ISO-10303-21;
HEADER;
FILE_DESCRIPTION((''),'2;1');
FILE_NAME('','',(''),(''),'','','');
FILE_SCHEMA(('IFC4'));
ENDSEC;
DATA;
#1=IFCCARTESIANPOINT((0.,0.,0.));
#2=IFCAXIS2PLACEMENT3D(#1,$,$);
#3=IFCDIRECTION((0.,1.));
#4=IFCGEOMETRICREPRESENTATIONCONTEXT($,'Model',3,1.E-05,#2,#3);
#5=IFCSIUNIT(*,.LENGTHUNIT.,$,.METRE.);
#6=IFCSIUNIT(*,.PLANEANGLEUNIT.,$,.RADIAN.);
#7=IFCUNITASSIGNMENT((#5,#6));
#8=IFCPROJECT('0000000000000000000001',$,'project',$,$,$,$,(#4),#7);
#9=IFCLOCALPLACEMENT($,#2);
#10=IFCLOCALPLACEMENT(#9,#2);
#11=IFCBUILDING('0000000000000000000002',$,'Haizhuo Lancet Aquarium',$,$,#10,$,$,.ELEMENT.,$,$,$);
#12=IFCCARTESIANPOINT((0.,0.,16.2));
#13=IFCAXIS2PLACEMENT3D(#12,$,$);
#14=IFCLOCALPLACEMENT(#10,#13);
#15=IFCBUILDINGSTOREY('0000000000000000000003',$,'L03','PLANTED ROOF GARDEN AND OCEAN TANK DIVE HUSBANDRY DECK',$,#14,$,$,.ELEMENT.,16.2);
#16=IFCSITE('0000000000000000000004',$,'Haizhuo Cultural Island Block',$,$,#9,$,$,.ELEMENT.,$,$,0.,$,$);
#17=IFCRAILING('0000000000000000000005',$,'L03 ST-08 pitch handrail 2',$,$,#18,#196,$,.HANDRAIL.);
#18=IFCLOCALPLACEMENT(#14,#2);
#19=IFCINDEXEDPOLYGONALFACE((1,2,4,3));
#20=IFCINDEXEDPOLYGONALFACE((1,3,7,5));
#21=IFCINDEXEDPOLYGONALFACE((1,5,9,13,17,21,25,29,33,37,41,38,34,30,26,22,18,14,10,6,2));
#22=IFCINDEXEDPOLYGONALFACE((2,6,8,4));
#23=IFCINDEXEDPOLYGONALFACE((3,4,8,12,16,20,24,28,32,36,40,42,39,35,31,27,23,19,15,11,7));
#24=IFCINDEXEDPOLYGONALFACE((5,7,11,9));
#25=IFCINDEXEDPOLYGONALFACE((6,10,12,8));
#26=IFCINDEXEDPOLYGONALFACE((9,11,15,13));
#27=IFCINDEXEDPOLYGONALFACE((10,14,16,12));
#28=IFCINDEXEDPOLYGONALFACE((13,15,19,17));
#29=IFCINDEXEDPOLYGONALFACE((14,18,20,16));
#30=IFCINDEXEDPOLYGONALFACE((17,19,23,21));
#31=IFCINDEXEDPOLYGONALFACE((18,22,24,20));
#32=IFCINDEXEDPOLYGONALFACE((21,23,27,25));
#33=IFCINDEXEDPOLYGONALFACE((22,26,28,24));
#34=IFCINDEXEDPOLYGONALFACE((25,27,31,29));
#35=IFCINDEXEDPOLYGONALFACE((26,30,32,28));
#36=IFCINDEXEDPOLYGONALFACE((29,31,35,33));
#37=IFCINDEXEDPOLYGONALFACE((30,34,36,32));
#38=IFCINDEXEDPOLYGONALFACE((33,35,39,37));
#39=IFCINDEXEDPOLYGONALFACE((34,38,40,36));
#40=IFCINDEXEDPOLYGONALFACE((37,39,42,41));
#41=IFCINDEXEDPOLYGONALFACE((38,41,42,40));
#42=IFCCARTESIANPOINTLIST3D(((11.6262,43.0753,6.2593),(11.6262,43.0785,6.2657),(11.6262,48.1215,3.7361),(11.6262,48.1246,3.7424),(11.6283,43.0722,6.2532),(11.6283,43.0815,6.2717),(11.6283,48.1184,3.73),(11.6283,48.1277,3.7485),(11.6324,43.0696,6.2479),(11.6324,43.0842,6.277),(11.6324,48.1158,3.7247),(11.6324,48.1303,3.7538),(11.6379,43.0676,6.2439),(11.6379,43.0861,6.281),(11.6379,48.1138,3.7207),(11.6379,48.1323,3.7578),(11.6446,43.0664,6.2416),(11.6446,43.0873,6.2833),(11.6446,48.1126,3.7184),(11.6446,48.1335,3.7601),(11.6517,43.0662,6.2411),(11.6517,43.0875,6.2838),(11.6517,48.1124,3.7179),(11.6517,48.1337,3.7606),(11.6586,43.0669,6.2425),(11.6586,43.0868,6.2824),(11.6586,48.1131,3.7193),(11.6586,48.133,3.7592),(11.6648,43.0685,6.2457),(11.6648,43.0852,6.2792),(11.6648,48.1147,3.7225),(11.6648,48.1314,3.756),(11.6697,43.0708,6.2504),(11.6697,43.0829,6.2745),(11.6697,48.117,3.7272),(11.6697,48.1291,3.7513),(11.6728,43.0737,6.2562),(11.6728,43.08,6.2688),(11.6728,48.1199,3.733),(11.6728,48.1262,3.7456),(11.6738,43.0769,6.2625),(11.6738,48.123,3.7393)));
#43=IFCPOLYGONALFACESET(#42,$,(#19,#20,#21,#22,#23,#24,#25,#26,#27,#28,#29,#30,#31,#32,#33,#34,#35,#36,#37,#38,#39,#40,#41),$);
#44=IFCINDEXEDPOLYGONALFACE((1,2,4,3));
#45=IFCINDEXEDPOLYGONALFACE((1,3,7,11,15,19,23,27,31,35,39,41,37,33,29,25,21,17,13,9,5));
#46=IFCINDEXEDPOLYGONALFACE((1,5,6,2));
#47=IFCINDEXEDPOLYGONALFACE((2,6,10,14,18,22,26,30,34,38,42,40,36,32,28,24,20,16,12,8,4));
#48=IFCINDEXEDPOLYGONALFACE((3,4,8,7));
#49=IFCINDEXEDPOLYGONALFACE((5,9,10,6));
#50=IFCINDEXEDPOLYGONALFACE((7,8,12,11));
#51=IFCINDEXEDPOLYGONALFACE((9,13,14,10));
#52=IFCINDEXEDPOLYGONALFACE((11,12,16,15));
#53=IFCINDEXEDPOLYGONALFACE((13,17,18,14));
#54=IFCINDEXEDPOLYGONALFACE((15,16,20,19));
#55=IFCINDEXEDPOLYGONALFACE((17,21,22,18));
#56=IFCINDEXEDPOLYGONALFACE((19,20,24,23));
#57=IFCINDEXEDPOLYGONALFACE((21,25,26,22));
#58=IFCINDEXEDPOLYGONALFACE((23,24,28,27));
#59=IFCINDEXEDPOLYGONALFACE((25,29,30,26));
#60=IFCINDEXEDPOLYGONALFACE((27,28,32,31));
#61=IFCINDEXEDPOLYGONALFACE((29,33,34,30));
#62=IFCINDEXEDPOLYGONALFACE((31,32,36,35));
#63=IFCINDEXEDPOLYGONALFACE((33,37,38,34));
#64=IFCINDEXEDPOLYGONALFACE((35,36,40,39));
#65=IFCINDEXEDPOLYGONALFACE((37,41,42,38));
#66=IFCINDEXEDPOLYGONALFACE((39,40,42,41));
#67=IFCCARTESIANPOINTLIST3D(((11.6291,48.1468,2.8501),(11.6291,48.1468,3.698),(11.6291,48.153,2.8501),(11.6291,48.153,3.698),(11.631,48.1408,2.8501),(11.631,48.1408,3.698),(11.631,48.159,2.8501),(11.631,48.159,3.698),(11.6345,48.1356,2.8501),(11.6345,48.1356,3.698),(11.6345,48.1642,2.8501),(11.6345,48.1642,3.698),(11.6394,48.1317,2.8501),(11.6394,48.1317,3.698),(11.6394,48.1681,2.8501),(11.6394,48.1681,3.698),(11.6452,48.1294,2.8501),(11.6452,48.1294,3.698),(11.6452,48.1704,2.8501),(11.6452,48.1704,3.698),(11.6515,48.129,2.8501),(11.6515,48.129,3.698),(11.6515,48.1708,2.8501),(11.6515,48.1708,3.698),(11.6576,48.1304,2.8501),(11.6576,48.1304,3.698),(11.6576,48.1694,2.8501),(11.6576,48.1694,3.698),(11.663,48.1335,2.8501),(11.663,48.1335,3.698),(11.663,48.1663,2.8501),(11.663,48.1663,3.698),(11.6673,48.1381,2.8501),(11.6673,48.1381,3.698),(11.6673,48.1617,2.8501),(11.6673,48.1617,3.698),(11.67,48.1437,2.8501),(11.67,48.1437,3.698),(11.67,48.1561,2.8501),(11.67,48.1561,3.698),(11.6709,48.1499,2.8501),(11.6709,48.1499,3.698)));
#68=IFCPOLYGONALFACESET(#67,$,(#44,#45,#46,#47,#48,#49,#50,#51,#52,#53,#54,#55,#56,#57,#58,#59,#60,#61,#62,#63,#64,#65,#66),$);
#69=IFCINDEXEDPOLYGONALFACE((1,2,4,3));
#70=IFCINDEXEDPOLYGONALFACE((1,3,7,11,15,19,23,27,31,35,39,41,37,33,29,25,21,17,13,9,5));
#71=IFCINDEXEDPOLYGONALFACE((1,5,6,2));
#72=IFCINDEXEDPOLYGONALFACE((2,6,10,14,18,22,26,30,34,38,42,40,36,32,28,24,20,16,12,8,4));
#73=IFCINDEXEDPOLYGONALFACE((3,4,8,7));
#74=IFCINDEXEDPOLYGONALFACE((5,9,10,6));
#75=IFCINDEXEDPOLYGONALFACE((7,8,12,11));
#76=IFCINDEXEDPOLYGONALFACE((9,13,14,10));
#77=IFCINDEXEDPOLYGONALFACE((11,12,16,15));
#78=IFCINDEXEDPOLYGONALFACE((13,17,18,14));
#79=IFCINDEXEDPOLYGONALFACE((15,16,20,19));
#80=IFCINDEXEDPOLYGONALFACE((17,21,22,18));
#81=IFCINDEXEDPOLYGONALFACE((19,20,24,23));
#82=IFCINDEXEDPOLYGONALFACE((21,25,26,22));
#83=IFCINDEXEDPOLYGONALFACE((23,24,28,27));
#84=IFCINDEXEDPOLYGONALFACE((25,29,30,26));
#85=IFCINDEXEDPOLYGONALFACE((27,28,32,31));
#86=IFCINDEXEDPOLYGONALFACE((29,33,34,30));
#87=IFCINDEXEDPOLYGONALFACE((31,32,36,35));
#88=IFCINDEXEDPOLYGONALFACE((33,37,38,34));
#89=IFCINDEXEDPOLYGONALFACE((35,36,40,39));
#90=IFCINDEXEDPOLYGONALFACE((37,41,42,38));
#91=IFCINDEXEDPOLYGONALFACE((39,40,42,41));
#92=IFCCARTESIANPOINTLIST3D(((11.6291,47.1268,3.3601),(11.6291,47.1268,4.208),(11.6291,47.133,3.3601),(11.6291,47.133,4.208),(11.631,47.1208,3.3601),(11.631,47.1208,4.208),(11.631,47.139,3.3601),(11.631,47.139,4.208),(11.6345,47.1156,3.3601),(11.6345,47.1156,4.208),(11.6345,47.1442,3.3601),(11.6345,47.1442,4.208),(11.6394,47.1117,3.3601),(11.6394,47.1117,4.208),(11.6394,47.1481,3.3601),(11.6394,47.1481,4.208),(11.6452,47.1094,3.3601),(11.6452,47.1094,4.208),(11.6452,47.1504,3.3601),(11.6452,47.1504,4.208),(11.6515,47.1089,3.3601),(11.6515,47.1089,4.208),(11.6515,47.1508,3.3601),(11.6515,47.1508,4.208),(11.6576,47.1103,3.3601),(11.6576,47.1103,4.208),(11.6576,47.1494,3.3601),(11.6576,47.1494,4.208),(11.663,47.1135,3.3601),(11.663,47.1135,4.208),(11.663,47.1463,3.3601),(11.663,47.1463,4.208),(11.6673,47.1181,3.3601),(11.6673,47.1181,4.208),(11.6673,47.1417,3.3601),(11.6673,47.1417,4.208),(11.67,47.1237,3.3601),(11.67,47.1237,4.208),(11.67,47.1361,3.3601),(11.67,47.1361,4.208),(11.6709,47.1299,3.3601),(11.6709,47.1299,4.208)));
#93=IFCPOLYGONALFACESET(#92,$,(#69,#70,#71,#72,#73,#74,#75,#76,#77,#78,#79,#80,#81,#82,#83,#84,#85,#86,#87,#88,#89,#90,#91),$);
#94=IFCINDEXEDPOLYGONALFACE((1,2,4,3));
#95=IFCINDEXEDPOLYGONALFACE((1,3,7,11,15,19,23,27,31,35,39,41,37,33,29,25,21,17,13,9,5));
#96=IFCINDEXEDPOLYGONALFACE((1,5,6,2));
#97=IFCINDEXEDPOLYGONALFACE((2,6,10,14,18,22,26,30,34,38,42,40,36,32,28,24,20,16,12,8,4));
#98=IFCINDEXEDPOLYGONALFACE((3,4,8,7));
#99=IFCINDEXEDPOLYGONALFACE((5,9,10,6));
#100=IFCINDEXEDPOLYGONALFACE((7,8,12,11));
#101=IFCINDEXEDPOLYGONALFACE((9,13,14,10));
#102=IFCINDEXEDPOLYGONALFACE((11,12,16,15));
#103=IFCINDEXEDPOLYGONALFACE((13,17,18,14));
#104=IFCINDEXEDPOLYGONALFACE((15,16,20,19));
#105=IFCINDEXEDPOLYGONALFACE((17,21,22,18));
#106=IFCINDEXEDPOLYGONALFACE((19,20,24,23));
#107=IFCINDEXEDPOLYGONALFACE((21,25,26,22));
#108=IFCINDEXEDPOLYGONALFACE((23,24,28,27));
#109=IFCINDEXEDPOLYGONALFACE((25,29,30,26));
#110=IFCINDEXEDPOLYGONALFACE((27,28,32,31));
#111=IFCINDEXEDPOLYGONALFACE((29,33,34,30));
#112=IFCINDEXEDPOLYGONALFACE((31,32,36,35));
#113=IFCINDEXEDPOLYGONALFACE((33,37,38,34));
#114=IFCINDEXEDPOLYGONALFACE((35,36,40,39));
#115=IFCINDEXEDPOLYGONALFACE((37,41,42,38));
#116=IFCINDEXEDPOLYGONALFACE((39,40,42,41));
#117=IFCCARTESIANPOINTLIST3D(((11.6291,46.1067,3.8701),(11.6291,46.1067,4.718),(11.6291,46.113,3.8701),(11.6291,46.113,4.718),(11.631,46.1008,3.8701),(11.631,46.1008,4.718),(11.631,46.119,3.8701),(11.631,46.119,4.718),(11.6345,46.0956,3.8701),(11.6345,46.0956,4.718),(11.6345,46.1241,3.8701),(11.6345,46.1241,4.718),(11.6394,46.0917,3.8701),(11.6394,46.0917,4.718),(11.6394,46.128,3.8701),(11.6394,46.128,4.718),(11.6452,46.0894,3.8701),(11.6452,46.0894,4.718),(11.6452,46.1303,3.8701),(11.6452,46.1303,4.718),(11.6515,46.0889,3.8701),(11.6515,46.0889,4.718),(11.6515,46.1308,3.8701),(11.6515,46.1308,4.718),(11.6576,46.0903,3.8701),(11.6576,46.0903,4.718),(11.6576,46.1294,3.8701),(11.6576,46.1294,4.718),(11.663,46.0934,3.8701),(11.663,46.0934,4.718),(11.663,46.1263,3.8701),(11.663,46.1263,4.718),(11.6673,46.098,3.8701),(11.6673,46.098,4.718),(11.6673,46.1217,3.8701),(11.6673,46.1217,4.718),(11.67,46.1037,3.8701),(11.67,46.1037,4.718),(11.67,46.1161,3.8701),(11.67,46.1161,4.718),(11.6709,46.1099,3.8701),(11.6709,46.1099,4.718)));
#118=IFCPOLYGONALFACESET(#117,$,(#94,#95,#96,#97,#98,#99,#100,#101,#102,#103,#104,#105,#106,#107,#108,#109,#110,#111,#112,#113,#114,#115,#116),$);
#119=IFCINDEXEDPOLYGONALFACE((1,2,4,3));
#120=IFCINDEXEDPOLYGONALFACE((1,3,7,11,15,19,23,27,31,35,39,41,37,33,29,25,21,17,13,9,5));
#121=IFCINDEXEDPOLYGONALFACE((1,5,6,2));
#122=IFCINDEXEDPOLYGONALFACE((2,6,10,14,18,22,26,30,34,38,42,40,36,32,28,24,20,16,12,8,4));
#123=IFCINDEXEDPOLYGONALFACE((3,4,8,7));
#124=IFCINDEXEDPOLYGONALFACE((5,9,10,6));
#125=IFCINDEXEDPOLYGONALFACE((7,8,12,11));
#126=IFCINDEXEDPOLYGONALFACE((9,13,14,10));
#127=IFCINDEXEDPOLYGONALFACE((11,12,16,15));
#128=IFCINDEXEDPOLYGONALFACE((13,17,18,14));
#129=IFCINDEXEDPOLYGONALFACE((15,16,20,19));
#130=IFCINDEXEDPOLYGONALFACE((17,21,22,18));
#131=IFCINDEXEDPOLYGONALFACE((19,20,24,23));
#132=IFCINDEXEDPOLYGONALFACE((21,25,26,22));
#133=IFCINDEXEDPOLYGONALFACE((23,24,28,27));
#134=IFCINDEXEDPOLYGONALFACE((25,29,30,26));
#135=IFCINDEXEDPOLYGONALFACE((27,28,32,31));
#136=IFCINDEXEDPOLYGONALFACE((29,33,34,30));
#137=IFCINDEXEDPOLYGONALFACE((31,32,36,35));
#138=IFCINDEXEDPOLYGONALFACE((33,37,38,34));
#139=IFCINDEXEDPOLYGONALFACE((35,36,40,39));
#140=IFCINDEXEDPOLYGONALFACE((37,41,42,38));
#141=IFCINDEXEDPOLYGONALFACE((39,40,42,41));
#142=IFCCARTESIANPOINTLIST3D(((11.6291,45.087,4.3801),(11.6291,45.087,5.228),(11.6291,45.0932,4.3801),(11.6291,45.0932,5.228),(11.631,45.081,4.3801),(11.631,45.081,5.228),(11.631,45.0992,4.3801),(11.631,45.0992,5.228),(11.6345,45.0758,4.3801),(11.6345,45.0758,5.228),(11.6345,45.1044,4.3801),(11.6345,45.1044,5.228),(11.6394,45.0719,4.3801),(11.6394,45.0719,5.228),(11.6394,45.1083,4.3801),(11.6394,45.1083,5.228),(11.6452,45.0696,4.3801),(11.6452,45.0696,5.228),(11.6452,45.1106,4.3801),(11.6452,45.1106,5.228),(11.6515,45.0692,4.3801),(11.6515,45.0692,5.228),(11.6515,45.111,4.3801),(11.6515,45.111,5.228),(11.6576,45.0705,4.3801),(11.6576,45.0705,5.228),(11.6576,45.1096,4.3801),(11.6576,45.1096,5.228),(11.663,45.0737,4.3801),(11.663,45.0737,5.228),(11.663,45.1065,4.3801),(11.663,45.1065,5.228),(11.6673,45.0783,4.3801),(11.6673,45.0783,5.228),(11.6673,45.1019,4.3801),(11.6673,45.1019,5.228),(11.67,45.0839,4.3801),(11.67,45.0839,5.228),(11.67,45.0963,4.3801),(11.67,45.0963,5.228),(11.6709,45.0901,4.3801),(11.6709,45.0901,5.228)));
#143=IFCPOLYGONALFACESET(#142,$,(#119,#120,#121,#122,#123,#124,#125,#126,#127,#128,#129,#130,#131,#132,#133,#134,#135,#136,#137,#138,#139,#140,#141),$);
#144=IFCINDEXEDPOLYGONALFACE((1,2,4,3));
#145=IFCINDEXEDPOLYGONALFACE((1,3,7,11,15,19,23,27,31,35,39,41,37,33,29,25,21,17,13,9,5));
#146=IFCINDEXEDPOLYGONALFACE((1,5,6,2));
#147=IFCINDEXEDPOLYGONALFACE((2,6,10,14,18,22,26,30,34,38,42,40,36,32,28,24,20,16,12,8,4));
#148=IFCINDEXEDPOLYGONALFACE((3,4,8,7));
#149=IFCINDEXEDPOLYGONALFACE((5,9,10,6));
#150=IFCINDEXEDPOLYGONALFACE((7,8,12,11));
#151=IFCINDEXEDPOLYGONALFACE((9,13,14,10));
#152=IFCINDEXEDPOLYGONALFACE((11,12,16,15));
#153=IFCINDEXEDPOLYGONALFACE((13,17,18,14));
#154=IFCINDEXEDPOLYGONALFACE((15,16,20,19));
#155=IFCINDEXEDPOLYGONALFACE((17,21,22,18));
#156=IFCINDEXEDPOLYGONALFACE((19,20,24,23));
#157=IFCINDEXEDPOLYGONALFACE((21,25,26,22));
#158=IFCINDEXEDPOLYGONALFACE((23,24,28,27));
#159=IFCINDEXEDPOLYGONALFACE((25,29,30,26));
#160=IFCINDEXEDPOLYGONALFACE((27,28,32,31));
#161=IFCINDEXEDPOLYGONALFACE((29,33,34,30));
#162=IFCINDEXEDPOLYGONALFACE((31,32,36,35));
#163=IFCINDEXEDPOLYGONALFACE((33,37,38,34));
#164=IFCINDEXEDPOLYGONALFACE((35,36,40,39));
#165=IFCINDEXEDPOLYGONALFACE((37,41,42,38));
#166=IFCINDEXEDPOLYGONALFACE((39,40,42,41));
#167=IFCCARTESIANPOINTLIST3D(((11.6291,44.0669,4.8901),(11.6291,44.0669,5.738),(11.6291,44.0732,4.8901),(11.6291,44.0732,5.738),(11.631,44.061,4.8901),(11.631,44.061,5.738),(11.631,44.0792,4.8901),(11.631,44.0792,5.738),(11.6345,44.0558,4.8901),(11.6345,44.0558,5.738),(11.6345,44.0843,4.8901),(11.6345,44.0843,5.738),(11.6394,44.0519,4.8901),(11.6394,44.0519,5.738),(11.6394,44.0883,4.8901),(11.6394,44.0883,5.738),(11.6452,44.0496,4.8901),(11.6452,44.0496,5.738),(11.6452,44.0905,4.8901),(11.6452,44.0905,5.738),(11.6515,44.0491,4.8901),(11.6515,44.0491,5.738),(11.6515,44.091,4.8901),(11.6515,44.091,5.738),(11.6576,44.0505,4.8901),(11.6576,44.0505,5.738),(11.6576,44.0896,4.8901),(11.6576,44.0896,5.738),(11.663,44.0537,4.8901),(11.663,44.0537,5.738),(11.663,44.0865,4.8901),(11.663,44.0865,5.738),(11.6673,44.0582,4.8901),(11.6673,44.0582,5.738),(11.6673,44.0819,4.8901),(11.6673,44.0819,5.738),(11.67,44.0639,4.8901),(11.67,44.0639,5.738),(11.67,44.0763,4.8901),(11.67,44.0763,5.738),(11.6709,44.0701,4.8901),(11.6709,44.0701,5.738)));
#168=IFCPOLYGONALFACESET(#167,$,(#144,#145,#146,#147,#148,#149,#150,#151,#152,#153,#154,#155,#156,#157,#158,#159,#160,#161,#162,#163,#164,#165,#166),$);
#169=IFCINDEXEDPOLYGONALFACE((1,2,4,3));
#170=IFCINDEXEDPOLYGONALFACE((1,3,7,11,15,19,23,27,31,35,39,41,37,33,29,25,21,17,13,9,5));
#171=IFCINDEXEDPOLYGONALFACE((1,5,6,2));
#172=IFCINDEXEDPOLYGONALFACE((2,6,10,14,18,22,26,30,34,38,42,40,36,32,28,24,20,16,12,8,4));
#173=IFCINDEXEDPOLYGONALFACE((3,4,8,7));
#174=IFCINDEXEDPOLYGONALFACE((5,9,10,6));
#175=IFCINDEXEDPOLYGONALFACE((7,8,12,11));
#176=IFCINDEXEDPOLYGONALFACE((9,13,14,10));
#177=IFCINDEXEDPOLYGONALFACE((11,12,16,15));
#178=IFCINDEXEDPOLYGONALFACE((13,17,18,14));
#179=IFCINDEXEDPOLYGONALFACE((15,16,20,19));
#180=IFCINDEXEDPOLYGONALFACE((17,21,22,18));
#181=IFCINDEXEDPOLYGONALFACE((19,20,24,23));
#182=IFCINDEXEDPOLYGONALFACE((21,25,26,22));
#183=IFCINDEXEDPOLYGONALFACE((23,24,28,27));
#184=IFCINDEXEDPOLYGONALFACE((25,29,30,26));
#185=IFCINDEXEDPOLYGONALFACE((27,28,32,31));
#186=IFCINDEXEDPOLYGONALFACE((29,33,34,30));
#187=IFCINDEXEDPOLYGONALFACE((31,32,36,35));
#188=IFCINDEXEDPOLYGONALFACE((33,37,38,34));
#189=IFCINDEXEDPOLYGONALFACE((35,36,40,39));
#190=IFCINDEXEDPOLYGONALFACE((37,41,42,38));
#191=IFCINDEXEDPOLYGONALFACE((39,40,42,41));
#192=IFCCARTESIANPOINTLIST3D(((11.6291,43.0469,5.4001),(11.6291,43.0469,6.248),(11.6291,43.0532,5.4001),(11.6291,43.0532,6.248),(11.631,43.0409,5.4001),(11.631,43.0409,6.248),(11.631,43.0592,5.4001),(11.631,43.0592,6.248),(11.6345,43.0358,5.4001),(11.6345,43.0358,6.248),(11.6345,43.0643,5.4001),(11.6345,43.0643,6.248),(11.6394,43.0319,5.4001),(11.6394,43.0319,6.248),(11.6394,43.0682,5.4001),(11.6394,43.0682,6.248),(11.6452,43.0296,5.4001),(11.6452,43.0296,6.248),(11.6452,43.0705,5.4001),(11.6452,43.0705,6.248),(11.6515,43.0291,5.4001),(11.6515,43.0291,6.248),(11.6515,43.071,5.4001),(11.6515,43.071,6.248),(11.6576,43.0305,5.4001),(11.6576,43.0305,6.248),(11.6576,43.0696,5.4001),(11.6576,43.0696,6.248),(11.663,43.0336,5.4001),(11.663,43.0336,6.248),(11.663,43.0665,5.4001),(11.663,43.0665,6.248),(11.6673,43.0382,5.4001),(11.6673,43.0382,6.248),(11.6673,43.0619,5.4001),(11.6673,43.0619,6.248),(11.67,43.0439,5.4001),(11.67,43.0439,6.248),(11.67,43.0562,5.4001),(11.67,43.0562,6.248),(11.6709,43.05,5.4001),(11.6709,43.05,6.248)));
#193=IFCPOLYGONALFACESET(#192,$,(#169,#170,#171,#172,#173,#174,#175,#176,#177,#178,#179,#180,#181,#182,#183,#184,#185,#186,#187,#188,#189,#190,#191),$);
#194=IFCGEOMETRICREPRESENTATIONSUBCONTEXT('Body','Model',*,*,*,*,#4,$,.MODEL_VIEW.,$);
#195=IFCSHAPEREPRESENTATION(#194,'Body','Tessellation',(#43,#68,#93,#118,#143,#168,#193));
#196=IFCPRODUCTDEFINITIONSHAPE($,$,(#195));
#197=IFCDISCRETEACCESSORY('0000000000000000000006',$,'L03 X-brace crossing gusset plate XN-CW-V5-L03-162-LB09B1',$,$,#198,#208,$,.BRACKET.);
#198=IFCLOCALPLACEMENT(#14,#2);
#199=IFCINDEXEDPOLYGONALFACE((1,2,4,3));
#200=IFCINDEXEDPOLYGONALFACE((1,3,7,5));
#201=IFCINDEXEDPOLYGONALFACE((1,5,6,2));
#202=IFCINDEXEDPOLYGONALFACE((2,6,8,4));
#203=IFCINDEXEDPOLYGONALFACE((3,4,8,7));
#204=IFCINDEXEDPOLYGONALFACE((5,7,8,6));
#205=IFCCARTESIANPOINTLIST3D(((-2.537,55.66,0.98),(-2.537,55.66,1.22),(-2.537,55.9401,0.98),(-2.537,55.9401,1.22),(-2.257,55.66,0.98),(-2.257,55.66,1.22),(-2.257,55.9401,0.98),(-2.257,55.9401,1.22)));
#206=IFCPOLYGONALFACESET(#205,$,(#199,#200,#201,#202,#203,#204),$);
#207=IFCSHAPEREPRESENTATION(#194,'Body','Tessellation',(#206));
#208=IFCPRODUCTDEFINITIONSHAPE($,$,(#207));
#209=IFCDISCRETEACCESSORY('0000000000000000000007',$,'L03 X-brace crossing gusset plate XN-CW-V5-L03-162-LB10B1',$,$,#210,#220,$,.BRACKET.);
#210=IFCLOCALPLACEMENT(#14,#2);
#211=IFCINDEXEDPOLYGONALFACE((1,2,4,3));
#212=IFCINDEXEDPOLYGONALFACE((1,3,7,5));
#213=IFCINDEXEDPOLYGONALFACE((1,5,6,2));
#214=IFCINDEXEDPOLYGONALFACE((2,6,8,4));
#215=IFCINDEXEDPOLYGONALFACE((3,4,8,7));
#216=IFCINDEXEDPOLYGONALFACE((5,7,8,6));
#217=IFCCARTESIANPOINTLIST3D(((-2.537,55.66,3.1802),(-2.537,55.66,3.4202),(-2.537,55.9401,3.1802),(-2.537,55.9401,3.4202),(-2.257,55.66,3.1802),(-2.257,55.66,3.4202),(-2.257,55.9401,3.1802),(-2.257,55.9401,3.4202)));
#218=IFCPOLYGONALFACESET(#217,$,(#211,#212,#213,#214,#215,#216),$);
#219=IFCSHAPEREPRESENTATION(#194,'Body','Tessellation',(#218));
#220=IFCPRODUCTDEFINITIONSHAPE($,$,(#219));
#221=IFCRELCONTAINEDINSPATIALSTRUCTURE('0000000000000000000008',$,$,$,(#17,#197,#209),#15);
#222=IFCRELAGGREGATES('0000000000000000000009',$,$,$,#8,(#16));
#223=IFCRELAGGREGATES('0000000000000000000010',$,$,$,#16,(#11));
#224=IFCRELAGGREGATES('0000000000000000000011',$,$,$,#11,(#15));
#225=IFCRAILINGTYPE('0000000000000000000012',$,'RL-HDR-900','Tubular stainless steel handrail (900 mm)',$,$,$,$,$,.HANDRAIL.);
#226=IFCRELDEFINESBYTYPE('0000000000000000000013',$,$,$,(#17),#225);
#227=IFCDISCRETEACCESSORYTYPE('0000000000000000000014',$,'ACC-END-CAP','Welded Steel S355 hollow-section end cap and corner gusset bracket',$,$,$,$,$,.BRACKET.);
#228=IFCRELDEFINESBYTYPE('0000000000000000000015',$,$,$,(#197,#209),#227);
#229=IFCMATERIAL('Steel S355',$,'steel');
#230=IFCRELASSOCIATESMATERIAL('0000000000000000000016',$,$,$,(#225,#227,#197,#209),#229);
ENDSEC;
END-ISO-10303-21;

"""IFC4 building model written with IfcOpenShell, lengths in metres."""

from ifc_helpers import new_model, si_unit, direction, frame, origin, origin_2d, place, context, subcontext, project, spatial, rectangle, circle, extrude, material, type_object, element, save


model = new_model("IFC4")

# Units and contexts
model_context = context("Model", 3, precision=1e-05, world=origin(), true_north=direction((0.0, 1.0)))
body_context = subcontext(model_context, "Body", "Model", "MODEL_VIEW")
ifc_project = project(units=[si_unit("LENGTHUNIT", "METRE"), si_unit("PLANEANGLEUNIT", "RADIAN")], contexts=[model_context])

# Site, building, storey
site_placement = place(None, origin())
site = spatial("IfcSite", under=ifc_project, at=site_placement, Name="Haizhuo Cultural Island Block", CompositionType="ELEMENT", RefElevation=0.0)
building_placement = place(site_placement, origin())
building = spatial("IfcBuilding", under=site, at=building_placement, Name="Haizhuo Lancet Aquarium", CompositionType="ELEMENT")
storey_placement = place(building_placement, frame((0.0, 0.0, 16.2)))
storey = spatial("IfcBuildingStorey", under=building, at=storey_placement, Name="L03", Description="PLANTED ROOF GARDEN AND OCEAN TANK DIVE HUSBANDRY DECK", CompositionType="ELEMENT", Elevation=16.2)

# Shared definitions
ifc_material_1 = material(Name="Steel S355", Category="steel")

# Railing
railing_type_1 = type_object("IfcRailingType", Name="RL-HDR-900", Description="Tubular stainless steel handrail (900 mm)", PredefinedType="HANDRAIL", material=ifc_material_1)
railing_1_placement = place(storey_placement, frame((11.6499, 48.1499, 2.8501)))
element("IfcRailing", 1, at=railing_1_placement, inside=storey, type_object=railing_type_1, Name="L03 ST-08 pitch handrail 2", PredefinedType="HANDRAIL", context=body_context, shape_type="SweptSolid", body=[
    extrude(circle(Radius=0.0239, at=origin_2d()), frame((0.0, -0.0269, 0.8892), z_axis=(0.0, -0.894419, 0.447231), x_axis=(1.0, 0.0, 0.0)), (0.0, 0.0, 1.0), 5.6418),
    extrude(circle(Radius=0.021, at=origin_2d()), origin(), (0.0, 0.0, 1.0), 0.8479),
    extrude(circle(Radius=0.021, at=origin_2d()), frame((0.0, -1.02, 0.51)), (0.0, 0.0, 1.0), 0.8479),
    extrude(circle(Radius=0.021, at=origin_2d()), frame((0.0, -2.04, 1.02)), (0.0, 0.0, 1.0), 0.8479),
    extrude(circle(Radius=0.021, at=origin_2d()), frame((0.0, -3.0598, 1.53)), (0.0, 0.0, 1.0), 0.8479),
    extrude(circle(Radius=0.021, at=origin_2d()), frame((0.0, -4.0798, 2.04)), (0.0, 0.0, 1.0), 0.8479),
    extrude(circle(Radius=0.021, at=origin_2d()), frame((0.0, -5.0999, 2.55)), (0.0, 0.0, 1.0), 0.8479),
])

# Discrete accessories
discrete_accessory_type = type_object("IfcDiscreteAccessoryType", Name="ACC-END-CAP", Description="Welded Steel S355 hollow-section end cap and corner gusset bracket", PredefinedType="BRACKET", material=ifc_material_1)
for number, where, z_axis, x_axis, name in (
    (2, (-2.397, 55.8, 0.98), (0.0, 0.0, 1.0), (1.0, 0.0, 0.0), "L03 X-brace crossing gusset plate XN-CW-V5-L03-162-LB09B1"),
    (3, (-2.397, 55.8, 3.1802), (0.0, 0.0, 1.0), (1.0, 0.0, 0.0), "L03 X-brace crossing gusset plate XN-CW-V5-L03-162-LB10B1"),
):
    element("IfcDiscreteAccessory", number, at=place(storey_placement, frame(where, z_axis=z_axis, x_axis=x_axis)), inside=storey, type_object=discrete_accessory_type, material=ifc_material_1, Name=name, PredefinedType="BRACKET", context=body_context, shape_type="SweptSolid", body=[
        extrude(rectangle(XDim=0.28, YDim=0.28, at=origin_2d()), origin(), (0.0, 0.0, 1.0), 0.24),
    ])

save(model, "model.ifc")
